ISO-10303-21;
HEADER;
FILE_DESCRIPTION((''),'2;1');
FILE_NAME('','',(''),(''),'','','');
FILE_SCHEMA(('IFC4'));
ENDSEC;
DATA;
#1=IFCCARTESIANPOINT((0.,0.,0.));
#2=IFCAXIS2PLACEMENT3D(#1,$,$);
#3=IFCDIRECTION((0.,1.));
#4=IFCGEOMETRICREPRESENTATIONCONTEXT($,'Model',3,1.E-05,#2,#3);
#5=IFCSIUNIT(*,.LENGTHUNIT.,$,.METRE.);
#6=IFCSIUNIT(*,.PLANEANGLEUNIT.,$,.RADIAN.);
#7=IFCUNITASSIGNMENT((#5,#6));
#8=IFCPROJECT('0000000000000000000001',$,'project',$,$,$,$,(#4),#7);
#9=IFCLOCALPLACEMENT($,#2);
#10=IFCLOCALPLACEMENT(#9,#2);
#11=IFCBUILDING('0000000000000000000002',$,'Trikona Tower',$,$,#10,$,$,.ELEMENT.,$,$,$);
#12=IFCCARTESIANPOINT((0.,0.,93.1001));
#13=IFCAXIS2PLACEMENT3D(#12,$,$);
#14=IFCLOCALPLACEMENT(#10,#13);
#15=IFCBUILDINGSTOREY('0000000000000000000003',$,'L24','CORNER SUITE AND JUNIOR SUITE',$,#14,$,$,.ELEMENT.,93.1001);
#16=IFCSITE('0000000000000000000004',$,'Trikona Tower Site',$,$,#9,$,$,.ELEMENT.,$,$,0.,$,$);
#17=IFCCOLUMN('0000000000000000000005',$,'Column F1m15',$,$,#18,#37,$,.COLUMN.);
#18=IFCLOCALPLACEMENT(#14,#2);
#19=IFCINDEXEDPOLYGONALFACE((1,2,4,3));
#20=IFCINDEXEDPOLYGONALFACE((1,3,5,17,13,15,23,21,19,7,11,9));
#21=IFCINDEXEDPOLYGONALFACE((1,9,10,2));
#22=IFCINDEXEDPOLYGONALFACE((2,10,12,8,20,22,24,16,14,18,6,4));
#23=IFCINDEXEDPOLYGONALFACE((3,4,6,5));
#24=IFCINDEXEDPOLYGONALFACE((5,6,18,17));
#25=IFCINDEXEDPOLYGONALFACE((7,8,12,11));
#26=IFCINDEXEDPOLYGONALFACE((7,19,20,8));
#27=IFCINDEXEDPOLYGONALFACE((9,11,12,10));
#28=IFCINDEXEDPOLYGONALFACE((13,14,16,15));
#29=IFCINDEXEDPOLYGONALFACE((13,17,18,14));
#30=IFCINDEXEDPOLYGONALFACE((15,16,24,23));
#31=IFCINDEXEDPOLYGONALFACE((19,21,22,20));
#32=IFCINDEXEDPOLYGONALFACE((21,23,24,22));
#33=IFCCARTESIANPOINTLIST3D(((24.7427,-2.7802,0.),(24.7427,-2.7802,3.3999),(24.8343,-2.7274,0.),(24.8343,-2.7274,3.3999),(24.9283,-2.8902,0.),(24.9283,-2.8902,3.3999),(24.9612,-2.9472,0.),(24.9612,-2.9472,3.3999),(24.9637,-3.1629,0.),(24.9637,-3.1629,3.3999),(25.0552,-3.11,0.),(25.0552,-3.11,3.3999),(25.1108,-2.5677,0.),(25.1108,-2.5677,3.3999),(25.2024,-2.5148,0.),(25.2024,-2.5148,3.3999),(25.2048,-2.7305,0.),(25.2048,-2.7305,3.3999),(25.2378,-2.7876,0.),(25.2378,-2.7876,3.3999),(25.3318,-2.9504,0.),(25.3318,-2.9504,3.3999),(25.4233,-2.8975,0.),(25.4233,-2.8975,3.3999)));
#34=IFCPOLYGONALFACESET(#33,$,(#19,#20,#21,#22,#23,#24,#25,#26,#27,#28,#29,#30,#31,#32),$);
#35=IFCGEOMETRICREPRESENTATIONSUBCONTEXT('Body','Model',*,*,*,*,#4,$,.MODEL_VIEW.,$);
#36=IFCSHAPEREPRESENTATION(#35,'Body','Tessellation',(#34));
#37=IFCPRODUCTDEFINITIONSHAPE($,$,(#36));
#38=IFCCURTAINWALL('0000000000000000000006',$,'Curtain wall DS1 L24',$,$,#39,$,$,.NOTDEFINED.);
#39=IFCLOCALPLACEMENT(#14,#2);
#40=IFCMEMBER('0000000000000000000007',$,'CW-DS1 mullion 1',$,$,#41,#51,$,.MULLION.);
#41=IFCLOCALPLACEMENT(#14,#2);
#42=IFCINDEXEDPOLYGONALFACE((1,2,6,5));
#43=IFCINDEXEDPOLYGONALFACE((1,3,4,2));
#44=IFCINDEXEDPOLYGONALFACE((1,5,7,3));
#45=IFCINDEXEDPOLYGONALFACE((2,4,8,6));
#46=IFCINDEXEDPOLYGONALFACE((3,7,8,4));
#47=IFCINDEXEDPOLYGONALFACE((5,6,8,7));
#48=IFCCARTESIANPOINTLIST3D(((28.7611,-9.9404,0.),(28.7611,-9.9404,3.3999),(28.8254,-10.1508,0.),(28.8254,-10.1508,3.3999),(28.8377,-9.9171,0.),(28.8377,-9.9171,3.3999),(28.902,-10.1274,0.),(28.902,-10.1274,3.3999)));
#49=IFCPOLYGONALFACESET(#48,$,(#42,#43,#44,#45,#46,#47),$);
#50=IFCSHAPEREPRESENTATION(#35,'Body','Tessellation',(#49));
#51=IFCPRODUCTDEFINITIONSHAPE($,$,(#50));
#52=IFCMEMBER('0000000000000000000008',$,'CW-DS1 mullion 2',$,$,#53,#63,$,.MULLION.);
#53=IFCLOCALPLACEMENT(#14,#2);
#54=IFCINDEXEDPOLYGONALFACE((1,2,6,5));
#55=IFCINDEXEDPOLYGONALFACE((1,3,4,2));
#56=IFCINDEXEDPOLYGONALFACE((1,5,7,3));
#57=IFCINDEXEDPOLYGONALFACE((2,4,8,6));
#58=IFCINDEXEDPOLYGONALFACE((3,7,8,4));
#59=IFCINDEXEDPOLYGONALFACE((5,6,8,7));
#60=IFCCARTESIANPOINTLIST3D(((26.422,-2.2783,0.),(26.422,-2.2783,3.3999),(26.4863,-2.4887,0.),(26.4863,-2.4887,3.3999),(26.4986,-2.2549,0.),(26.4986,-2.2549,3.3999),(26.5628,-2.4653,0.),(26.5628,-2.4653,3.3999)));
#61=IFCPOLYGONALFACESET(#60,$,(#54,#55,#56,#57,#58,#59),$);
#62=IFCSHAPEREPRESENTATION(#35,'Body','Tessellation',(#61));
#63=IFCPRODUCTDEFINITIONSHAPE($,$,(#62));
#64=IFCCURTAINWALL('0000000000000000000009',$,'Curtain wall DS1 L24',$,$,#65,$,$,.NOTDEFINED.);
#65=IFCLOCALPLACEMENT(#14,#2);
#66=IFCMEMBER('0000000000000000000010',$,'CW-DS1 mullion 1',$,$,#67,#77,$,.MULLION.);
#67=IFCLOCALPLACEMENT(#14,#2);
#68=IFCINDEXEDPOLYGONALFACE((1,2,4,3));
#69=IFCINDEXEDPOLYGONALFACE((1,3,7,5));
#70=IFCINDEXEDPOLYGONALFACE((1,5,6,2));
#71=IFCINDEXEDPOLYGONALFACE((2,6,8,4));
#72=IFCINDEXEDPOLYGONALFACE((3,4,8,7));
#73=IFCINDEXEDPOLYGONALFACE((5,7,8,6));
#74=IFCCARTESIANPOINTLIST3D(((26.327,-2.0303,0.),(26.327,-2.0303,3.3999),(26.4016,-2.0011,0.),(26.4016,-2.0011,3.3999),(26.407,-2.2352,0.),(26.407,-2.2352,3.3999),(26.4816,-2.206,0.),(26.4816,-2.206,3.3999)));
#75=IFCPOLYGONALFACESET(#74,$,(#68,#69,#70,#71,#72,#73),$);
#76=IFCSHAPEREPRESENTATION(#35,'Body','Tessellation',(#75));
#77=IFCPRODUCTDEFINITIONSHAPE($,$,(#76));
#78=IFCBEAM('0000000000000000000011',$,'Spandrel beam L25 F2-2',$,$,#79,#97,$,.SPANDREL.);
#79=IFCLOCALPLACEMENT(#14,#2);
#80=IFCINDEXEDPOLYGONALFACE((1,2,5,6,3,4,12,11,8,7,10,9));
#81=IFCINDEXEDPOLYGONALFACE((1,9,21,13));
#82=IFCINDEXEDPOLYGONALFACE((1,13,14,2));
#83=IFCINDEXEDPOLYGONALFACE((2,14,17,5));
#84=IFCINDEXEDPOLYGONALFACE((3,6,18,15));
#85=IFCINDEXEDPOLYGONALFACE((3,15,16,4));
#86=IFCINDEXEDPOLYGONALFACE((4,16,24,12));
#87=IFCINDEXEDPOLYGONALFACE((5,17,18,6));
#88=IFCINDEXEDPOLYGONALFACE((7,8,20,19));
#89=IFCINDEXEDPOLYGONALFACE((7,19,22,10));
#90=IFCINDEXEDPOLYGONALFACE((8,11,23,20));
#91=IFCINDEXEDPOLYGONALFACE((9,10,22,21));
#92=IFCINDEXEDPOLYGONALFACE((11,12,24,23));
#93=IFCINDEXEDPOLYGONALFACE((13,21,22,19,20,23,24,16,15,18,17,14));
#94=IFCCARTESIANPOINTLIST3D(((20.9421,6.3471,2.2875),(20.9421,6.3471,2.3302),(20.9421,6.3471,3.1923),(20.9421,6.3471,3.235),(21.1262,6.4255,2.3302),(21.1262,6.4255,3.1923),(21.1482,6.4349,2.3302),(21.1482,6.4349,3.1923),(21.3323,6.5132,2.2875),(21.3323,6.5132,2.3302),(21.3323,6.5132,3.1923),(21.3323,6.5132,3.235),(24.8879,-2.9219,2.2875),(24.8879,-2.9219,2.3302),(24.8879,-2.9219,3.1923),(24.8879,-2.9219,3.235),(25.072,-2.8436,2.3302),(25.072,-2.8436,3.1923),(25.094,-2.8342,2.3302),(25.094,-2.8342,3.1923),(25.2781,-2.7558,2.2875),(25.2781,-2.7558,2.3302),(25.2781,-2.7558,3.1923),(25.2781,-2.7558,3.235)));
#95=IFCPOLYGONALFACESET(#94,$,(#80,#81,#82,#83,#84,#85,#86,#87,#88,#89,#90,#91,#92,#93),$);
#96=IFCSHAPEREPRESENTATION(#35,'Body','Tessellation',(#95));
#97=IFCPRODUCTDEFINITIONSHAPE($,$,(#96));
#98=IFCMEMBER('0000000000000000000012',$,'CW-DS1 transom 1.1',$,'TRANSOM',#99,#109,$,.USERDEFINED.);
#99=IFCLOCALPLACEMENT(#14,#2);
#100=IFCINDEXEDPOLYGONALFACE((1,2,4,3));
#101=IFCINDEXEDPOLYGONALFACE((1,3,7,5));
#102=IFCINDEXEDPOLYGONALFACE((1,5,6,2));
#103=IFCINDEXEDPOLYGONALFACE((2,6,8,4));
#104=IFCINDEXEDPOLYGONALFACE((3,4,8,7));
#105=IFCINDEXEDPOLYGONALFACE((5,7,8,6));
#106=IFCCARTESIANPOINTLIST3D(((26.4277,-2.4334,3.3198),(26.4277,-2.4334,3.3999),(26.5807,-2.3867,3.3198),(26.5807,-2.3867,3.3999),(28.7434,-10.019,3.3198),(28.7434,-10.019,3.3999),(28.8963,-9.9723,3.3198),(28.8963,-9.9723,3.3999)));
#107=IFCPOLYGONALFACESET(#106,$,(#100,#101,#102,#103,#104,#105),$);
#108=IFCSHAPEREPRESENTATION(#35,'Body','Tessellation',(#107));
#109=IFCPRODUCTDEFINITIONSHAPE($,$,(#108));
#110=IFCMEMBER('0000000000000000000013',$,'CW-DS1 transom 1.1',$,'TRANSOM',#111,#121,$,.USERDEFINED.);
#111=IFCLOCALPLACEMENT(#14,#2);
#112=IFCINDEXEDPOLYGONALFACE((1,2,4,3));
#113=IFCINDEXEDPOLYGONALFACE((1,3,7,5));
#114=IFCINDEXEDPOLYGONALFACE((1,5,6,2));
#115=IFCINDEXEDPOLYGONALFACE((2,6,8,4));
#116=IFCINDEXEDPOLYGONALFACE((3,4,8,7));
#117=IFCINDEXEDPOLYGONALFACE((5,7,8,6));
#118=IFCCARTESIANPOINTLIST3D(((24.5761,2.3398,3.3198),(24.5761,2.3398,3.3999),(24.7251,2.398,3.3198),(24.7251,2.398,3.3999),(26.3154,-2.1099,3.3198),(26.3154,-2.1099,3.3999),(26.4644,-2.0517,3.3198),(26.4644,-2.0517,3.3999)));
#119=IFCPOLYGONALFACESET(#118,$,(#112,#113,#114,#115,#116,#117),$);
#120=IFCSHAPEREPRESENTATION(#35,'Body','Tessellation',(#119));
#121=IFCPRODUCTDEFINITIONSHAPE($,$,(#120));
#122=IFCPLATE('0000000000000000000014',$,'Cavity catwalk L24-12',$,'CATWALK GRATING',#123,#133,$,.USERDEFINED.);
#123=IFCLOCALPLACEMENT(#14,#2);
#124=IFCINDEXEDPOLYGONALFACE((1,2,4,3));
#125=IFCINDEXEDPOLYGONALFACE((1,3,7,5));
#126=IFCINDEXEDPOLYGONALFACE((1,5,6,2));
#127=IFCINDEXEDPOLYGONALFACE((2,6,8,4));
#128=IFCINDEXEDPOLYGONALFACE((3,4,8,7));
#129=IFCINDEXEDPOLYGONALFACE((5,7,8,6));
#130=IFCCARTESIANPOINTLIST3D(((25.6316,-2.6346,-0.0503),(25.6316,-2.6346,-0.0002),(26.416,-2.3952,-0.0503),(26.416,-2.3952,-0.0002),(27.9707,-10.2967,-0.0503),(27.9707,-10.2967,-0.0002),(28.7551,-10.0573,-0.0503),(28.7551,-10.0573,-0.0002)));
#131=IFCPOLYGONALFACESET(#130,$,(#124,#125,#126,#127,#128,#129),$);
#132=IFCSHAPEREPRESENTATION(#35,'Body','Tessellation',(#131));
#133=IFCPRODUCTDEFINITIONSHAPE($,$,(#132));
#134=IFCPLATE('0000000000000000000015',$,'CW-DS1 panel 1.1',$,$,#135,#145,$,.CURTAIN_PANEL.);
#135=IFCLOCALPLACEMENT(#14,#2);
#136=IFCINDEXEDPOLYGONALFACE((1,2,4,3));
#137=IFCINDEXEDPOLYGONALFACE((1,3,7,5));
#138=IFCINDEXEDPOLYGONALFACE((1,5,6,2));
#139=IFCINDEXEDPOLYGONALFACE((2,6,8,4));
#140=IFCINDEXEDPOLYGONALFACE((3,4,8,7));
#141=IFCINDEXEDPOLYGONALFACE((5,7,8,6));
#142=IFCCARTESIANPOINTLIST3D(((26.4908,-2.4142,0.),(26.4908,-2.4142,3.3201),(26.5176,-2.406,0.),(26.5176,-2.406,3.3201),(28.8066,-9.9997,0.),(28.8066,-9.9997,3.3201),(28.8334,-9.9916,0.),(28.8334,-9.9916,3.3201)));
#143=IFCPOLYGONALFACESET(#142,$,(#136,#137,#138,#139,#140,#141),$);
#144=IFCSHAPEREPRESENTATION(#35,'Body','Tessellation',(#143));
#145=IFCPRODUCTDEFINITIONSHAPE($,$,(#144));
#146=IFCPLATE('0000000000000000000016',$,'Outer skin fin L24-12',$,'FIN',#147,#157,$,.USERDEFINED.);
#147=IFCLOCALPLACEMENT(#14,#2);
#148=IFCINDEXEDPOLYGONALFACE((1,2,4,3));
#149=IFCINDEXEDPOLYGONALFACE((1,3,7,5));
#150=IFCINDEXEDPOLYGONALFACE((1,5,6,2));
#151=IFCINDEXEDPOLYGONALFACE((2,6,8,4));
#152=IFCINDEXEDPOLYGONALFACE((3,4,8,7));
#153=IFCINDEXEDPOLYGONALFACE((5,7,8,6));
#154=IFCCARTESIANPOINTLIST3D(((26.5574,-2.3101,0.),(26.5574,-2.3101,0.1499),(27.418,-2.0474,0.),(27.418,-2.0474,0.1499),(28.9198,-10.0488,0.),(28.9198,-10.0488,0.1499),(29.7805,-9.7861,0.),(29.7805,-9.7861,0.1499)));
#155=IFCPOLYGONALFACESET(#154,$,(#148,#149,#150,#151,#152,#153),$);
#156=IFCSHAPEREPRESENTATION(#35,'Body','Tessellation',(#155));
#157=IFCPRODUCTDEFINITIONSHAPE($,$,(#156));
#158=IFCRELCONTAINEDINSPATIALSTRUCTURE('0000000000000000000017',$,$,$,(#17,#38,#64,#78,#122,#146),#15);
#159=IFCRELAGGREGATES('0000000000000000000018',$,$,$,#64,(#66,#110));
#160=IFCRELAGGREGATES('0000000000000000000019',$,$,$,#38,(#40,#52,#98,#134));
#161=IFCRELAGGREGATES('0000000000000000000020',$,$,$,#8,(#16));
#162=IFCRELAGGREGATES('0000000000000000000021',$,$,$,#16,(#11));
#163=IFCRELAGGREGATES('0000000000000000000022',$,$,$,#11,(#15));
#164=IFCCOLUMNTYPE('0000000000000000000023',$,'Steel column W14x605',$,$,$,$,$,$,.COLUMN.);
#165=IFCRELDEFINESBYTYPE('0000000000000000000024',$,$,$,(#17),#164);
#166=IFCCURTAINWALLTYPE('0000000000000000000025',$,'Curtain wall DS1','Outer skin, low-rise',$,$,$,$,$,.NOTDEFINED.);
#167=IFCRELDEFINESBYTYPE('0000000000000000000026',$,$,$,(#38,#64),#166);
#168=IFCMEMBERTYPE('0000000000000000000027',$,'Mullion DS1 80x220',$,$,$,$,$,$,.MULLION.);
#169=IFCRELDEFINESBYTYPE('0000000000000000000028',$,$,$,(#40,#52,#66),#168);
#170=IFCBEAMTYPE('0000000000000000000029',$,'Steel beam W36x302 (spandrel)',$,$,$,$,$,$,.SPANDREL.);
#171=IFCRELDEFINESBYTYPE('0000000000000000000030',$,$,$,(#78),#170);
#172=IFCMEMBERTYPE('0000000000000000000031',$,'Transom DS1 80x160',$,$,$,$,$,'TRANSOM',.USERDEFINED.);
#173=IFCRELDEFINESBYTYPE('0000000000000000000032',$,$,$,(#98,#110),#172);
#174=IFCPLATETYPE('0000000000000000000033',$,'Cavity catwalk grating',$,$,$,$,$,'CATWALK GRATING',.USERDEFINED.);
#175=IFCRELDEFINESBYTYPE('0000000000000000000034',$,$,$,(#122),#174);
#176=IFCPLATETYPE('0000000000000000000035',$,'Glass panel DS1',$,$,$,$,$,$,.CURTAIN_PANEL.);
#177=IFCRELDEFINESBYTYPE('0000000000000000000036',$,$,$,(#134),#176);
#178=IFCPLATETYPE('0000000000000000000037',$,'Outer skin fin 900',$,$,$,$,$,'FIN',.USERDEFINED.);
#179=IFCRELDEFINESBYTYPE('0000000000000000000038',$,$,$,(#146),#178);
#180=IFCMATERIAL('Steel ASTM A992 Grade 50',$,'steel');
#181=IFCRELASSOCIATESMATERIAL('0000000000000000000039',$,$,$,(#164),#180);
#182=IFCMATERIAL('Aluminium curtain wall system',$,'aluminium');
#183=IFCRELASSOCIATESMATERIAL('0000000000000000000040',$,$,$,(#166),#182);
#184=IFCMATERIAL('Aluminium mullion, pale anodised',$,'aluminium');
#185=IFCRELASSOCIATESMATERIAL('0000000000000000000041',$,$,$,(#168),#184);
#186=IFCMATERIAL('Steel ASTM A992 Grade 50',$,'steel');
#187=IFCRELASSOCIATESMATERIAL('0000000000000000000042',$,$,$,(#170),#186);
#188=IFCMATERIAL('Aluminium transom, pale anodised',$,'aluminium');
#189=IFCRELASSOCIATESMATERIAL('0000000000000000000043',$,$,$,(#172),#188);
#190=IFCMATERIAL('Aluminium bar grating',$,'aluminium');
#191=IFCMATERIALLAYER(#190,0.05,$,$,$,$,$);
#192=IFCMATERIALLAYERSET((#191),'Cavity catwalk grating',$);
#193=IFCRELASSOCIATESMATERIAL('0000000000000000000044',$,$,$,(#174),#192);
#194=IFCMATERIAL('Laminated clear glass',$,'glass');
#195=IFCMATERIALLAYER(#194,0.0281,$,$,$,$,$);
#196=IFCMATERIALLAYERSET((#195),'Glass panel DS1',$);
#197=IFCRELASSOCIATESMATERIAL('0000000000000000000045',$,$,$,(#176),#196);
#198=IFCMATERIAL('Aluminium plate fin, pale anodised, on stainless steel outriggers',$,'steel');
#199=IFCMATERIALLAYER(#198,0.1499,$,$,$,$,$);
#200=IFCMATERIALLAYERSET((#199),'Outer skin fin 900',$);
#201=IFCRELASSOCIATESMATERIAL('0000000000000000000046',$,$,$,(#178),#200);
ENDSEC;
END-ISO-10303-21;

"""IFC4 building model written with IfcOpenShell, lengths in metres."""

from ifc_helpers import new_model, si_unit, direction, frame, origin, origin_2d, place, context, subcontext, project, spatial, rectangle, i_section, extrude, material, layer, layer_set, material_profile, profile_set, type_object, element, aggregate, save


model = new_model("IFC4")

# Units and contexts
model_context = context("Model", 3, precision=1e-05, world=origin(), true_north=direction((0.0, 1.0)))
body_context = subcontext(model_context, "Body", "Model", "MODEL_VIEW")
ifc_project = project(units=[si_unit("LENGTHUNIT", "METRE"), si_unit("PLANEANGLEUNIT", "RADIAN")], contexts=[model_context])

# Site, building, storey
site_placement = place(None, origin())
site = spatial("IfcSite", under=ifc_project, at=site_placement, Name="Trikona Tower Site", CompositionType="ELEMENT", RefElevation=0.0)
building_placement = place(site_placement, origin())
building = spatial("IfcBuilding", under=site, at=building_placement, Name="Trikona Tower", CompositionType="ELEMENT")
storey_placement = place(building_placement, frame((0.0, 0.0, 93.1001)))
storey = spatial("IfcBuildingStorey", under=building, at=storey_placement, Name="L24", Description="CORNER SUITE AND JUNIOR SUITE", CompositionType="ELEMENT", Elevation=93.1001)

# Column
ifc_material_1 = material(Name="Steel ASTM A992 Grade 50", Category="steel")
ifc_material_profile_1 = material_profile(ifc_material_1, i_section(OverallWidth=0.4419, OverallDepth=0.5308, WebThickness=0.0659, FlangeThickness=0.1057, at=origin_2d()), Name="W14X605")
ifc_profile_set_1 = profile_set([ifc_material_profile_1], Name="Steel ASTM A992 Grade 50")
column_type = type_object("IfcColumnType", Name="Steel column W14x605", PredefinedType="COLUMN", material=ifc_profile_set_1)
column_placement = place(storey_placement, frame((25.083, -2.8389, 0.0), z_axis=(0.0, 0.0, 1.0), x_axis=(-0.5, 0.866025, 0.0)))
element("IfcColumn", 1, at=column_placement, inside=storey, type_object=column_type, Name="Column F1m15", PredefinedType="COLUMN", context=body_context, shape_type="SweptSolid", body=[
    extrude(i_section(OverallWidth=0.4419, OverallDepth=0.5308, WebThickness=0.0659, FlangeThickness=0.1057, at=origin_2d()), origin(), (0.0, 0.0, 1.0), 3.3999),
])

# Curtain wall, members
ifc_material_2 = material(Name="Aluminium curtain wall system", Category="aluminium")
curtain_wall_type = type_object("IfcCurtainWallType", Name="Curtain wall DS1", Description="Outer skin, low-rise", PredefinedType="NOTDEFINED", material=ifc_material_2)
curtain_wall_1_placement = place(storey_placement, origin())
curtain_wall_1 = element("IfcCurtainWall", 2, at=curtain_wall_1_placement, inside=storey, type_object=curtain_wall_type, Name="Curtain wall DS1 L24", PredefinedType="NOTDEFINED")
ifc_material_3 = material(Name="Aluminium mullion, pale anodised", Category="aluminium")
ifc_material_profile_2 = material_profile(ifc_material_3, rectangle(XDim=0.0801, YDim=0.22, at=origin_2d()), Name="MUL-DS1")
ifc_profile_set_2 = profile_set([ifc_material_profile_2], Name="Aluminium mullion, pale anodised")
member_type_1 = type_object("IfcMemberType", Name="Mullion DS1 80x220", PredefinedType="MULLION", material=ifc_profile_set_2)
member_1_placement = place(storey_placement, frame((28.8315, -10.0339, 0.0), z_axis=(0.0, 0.0, 1.0), x_axis=(-0.956423, -0.291984, 0.0)))
member_1 = element("IfcMember", 3, at=member_1_placement, type_object=member_type_1, Name="CW-DS1 mullion 1", PredefinedType="MULLION", context=body_context, shape_type="SweptSolid", body=[
    extrude(rectangle(XDim=0.0801, YDim=0.22, at=origin_2d()), origin(), (0.0, 0.0, 1.0), 3.3999),
])
member_2_placement = place(storey_placement, frame((26.4924, -2.3718, 0.0), z_axis=(0.0, 0.0, 1.0), x_axis=(-0.956423, -0.291984, 0.0)))
member_2 = element("IfcMember", 4, at=member_2_placement, type_object=member_type_1, Name="CW-DS1 mullion 2", PredefinedType="MULLION", context=body_context, shape_type="SweptSolid", body=[
    extrude(rectangle(XDim=0.0801, YDim=0.22, at=origin_2d()), origin(), (0.0, 0.0, 1.0), 3.3999),
])

# Curtain wall, member
curtain_wall_2_placement = place(storey_placement, origin())
curtain_wall_2 = element("IfcCurtainWall", 5, at=curtain_wall_2_placement, inside=storey, type_object=curtain_wall_type, Name="Curtain wall DS1 L24", PredefinedType="NOTDEFINED")
member_3_placement = place(storey_placement, frame((26.4043, -2.1182, 0.0), z_axis=(0.0, 0.0, 1.0), x_axis=(-0.931396, -0.364008, 0.0)))
member_3 = element("IfcMember", 6, at=member_3_placement, type_object=member_type_1, Name="CW-DS1 mullion 1", PredefinedType="MULLION", context=body_context, shape_type="SweptSolid", body=[
    extrude(rectangle(XDim=0.0801, YDim=0.22, at=origin_2d()), origin(), (0.0, 0.0, 1.0), 3.3999),
])

# Beam
ifc_material_4 = material(Name="Steel ASTM A992 Grade 50", Category="steel")
ifc_material_profile_3 = material_profile(ifc_material_4, i_section(OverallWidth=0.4241, OverallDepth=0.9475, WebThickness=0.0239, FlangeThickness=0.0427, at=origin_2d()), Name="W36X302")
ifc_profile_set_3 = profile_set([ifc_material_profile_3], Name="Steel ASTM A992 Grade 50")
beam_type = type_object("IfcBeamType", Name="Steel beam W36x302 (spandrel)", PredefinedType="SPANDREL", material=ifc_profile_set_3)
beam_placement = place(storey_placement, frame((25.083, -2.8389, 2.7612), z_axis=(-0.391684, 0.9201, 0.0), x_axis=(-0.9201, -0.391684, 0.0)))
element("IfcBeam", 7, at=beam_placement, inside=storey, type_object=beam_type, Name="Spandrel beam L25 F2-2", PredefinedType="SPANDREL", context=body_context, shape_type="SweptSolid", body=[
    extrude(i_section(OverallWidth=0.4241, OverallDepth=0.9475, WebThickness=0.0239, FlangeThickness=0.0427, at=origin_2d()), origin(), (0.0, 0.0, 1.0), 10.074),
])

# Members
ifc_material_5 = material(Name="Aluminium transom, pale anodised", Category="aluminium")
ifc_material_profile_4 = material_profile(ifc_material_5, rectangle(XDim=0.1599, YDim=0.0801, at=origin_2d()), Name="TRN-DS1")
ifc_profile_set_4 = profile_set([ifc_material_profile_4], Name="Aluminium transom, pale anodised")
member_type_2 = type_object("IfcMemberType", Name="Transom DS1 80x160", ElementType="TRANSOM", PredefinedType="USERDEFINED", material=ifc_profile_set_4)
member_4_placement = place(storey_placement, frame((28.8198, -9.9956, 3.3599), z_axis=(-0.291967, 0.956428, 0.0), x_axis=(-0.956428, -0.291967, 0.0)))
member_4 = element("IfcMember", 8, at=member_4_placement, type_object=member_type_2, Name="CW-DS1 transom 1.1", ObjectType="TRANSOM", PredefinedType="USERDEFINED", context=body_context, shape_type="SweptSolid", body=[
    extrude(rectangle(XDim=0.1599, YDim=0.0801, at=origin_2d()), origin(), (0.0, 0.0, 1.0), 7.9312),
])
member_5_placement = place(storey_placement, frame((26.3899, -2.0808, 3.3599), z_axis=(-0.364049, 0.93138, 0.0), x_axis=(-0.93138, -0.364049, 0.0)))
member_5 = element("IfcMember", 9, at=member_5_placement, type_object=member_type_2, Name="CW-DS1 transom 1.1", ObjectType="TRANSOM", PredefinedType="USERDEFINED", context=body_context, shape_type="SweptSolid", body=[
    extrude(rectangle(XDim=0.1599, YDim=0.0801, at=origin_2d()), origin(), (0.0, 0.0, 1.0), 4.7776),
])
aggregate(curtain_wall_2, [member_3, member_5])

# Plates
ifc_material_6 = material(Name="Aluminium bar grating", Category="aluminium")
ifc_layer_1 = layer(ifc_material_6, 0.05)
ifc_layer_set_1 = layer_set([ifc_layer_1], Name="Cavity catwalk grating")
plate_type_1 = type_object("IfcPlateType", Name="Cavity catwalk grating", ElementType="CATWALK GRATING", PredefinedType="USERDEFINED", material=ifc_layer_set_1)
plate_1_placement = place(storey_placement, frame((27.1934, -6.3459, -0.0503), z_axis=(0.0, 0.0, 1.0), x_axis=(-0.291979, 0.956425, 0.0)))
element("IfcPlate", 10, at=plate_1_placement, inside=storey, type_object=plate_type_1, Name="Cavity catwalk L24-12", ObjectType="CATWALK GRATING", PredefinedType="USERDEFINED", context=body_context, shape_type="SweptSolid", body=[
    extrude(rectangle(XDim=8.0112, YDim=0.8201, at=origin_2d()), origin(), (0.0, 0.0, 1.0), 0.05),
])
ifc_material_7 = material(Name="Laminated clear glass", Category="glass")
ifc_layer_2 = layer(ifc_material_7, 0.0281)
ifc_layer_set_2 = layer_set([ifc_layer_2], Name="Glass panel DS1")
plate_type_2 = type_object("IfcPlateType", Name="Glass panel DS1", PredefinedType="CURTAIN_PANEL", material=ifc_layer_set_2)
plate_2_placement = place(storey_placement, frame((27.6621, -6.2029, 0.0), z_axis=(0.0, 0.0, 1.0), x_axis=(-0.291984, 0.956423, 0.0)))
plate_2 = element("IfcPlate", 11, at=plate_2_placement, type_object=plate_type_2, Name="CW-DS1 panel 1.1", PredefinedType="CURTAIN_PANEL", context=body_context, shape_type="SweptSolid", body=[
    extrude(rectangle(XDim=7.9312, YDim=0.0281, at=origin_2d()), origin(), (0.0, 0.0, 1.0), 3.3201),
])
aggregate(curtain_wall_1, [member_1, member_2, member_4, plate_2])
ifc_material_8 = material(Name="Aluminium plate fin, pale anodised, on stainless steel outriggers", Category="steel")
ifc_layer_3 = layer(ifc_material_8, 0.1499)
ifc_layer_set_3 = layer_set([ifc_layer_3], Name="Outer skin fin 900")
plate_type_3 = type_object("IfcPlateType", Name="Outer skin fin 900", ElementType="FIN", PredefinedType="USERDEFINED", material=ifc_layer_set_3)
plate_3_placement = place(storey_placement, frame((28.1689, -6.0481, 0.0), z_axis=(0.0, 0.0, 1.0), x_axis=(-0.291979, 0.956425, 0.0)))
element("IfcPlate", 12, at=plate_3_placement, inside=storey, type_object=plate_type_3, Name="Outer skin fin L24-12", ObjectType="FIN", PredefinedType="USERDEFINED", context=body_context, shape_type="SweptSolid", body=[
    extrude(rectangle(XDim=8.0913, YDim=0.8999, at=origin_2d()), origin(), (0.0, 0.0, 1.0), 0.1499),
])

save(model, "model.ifc")
